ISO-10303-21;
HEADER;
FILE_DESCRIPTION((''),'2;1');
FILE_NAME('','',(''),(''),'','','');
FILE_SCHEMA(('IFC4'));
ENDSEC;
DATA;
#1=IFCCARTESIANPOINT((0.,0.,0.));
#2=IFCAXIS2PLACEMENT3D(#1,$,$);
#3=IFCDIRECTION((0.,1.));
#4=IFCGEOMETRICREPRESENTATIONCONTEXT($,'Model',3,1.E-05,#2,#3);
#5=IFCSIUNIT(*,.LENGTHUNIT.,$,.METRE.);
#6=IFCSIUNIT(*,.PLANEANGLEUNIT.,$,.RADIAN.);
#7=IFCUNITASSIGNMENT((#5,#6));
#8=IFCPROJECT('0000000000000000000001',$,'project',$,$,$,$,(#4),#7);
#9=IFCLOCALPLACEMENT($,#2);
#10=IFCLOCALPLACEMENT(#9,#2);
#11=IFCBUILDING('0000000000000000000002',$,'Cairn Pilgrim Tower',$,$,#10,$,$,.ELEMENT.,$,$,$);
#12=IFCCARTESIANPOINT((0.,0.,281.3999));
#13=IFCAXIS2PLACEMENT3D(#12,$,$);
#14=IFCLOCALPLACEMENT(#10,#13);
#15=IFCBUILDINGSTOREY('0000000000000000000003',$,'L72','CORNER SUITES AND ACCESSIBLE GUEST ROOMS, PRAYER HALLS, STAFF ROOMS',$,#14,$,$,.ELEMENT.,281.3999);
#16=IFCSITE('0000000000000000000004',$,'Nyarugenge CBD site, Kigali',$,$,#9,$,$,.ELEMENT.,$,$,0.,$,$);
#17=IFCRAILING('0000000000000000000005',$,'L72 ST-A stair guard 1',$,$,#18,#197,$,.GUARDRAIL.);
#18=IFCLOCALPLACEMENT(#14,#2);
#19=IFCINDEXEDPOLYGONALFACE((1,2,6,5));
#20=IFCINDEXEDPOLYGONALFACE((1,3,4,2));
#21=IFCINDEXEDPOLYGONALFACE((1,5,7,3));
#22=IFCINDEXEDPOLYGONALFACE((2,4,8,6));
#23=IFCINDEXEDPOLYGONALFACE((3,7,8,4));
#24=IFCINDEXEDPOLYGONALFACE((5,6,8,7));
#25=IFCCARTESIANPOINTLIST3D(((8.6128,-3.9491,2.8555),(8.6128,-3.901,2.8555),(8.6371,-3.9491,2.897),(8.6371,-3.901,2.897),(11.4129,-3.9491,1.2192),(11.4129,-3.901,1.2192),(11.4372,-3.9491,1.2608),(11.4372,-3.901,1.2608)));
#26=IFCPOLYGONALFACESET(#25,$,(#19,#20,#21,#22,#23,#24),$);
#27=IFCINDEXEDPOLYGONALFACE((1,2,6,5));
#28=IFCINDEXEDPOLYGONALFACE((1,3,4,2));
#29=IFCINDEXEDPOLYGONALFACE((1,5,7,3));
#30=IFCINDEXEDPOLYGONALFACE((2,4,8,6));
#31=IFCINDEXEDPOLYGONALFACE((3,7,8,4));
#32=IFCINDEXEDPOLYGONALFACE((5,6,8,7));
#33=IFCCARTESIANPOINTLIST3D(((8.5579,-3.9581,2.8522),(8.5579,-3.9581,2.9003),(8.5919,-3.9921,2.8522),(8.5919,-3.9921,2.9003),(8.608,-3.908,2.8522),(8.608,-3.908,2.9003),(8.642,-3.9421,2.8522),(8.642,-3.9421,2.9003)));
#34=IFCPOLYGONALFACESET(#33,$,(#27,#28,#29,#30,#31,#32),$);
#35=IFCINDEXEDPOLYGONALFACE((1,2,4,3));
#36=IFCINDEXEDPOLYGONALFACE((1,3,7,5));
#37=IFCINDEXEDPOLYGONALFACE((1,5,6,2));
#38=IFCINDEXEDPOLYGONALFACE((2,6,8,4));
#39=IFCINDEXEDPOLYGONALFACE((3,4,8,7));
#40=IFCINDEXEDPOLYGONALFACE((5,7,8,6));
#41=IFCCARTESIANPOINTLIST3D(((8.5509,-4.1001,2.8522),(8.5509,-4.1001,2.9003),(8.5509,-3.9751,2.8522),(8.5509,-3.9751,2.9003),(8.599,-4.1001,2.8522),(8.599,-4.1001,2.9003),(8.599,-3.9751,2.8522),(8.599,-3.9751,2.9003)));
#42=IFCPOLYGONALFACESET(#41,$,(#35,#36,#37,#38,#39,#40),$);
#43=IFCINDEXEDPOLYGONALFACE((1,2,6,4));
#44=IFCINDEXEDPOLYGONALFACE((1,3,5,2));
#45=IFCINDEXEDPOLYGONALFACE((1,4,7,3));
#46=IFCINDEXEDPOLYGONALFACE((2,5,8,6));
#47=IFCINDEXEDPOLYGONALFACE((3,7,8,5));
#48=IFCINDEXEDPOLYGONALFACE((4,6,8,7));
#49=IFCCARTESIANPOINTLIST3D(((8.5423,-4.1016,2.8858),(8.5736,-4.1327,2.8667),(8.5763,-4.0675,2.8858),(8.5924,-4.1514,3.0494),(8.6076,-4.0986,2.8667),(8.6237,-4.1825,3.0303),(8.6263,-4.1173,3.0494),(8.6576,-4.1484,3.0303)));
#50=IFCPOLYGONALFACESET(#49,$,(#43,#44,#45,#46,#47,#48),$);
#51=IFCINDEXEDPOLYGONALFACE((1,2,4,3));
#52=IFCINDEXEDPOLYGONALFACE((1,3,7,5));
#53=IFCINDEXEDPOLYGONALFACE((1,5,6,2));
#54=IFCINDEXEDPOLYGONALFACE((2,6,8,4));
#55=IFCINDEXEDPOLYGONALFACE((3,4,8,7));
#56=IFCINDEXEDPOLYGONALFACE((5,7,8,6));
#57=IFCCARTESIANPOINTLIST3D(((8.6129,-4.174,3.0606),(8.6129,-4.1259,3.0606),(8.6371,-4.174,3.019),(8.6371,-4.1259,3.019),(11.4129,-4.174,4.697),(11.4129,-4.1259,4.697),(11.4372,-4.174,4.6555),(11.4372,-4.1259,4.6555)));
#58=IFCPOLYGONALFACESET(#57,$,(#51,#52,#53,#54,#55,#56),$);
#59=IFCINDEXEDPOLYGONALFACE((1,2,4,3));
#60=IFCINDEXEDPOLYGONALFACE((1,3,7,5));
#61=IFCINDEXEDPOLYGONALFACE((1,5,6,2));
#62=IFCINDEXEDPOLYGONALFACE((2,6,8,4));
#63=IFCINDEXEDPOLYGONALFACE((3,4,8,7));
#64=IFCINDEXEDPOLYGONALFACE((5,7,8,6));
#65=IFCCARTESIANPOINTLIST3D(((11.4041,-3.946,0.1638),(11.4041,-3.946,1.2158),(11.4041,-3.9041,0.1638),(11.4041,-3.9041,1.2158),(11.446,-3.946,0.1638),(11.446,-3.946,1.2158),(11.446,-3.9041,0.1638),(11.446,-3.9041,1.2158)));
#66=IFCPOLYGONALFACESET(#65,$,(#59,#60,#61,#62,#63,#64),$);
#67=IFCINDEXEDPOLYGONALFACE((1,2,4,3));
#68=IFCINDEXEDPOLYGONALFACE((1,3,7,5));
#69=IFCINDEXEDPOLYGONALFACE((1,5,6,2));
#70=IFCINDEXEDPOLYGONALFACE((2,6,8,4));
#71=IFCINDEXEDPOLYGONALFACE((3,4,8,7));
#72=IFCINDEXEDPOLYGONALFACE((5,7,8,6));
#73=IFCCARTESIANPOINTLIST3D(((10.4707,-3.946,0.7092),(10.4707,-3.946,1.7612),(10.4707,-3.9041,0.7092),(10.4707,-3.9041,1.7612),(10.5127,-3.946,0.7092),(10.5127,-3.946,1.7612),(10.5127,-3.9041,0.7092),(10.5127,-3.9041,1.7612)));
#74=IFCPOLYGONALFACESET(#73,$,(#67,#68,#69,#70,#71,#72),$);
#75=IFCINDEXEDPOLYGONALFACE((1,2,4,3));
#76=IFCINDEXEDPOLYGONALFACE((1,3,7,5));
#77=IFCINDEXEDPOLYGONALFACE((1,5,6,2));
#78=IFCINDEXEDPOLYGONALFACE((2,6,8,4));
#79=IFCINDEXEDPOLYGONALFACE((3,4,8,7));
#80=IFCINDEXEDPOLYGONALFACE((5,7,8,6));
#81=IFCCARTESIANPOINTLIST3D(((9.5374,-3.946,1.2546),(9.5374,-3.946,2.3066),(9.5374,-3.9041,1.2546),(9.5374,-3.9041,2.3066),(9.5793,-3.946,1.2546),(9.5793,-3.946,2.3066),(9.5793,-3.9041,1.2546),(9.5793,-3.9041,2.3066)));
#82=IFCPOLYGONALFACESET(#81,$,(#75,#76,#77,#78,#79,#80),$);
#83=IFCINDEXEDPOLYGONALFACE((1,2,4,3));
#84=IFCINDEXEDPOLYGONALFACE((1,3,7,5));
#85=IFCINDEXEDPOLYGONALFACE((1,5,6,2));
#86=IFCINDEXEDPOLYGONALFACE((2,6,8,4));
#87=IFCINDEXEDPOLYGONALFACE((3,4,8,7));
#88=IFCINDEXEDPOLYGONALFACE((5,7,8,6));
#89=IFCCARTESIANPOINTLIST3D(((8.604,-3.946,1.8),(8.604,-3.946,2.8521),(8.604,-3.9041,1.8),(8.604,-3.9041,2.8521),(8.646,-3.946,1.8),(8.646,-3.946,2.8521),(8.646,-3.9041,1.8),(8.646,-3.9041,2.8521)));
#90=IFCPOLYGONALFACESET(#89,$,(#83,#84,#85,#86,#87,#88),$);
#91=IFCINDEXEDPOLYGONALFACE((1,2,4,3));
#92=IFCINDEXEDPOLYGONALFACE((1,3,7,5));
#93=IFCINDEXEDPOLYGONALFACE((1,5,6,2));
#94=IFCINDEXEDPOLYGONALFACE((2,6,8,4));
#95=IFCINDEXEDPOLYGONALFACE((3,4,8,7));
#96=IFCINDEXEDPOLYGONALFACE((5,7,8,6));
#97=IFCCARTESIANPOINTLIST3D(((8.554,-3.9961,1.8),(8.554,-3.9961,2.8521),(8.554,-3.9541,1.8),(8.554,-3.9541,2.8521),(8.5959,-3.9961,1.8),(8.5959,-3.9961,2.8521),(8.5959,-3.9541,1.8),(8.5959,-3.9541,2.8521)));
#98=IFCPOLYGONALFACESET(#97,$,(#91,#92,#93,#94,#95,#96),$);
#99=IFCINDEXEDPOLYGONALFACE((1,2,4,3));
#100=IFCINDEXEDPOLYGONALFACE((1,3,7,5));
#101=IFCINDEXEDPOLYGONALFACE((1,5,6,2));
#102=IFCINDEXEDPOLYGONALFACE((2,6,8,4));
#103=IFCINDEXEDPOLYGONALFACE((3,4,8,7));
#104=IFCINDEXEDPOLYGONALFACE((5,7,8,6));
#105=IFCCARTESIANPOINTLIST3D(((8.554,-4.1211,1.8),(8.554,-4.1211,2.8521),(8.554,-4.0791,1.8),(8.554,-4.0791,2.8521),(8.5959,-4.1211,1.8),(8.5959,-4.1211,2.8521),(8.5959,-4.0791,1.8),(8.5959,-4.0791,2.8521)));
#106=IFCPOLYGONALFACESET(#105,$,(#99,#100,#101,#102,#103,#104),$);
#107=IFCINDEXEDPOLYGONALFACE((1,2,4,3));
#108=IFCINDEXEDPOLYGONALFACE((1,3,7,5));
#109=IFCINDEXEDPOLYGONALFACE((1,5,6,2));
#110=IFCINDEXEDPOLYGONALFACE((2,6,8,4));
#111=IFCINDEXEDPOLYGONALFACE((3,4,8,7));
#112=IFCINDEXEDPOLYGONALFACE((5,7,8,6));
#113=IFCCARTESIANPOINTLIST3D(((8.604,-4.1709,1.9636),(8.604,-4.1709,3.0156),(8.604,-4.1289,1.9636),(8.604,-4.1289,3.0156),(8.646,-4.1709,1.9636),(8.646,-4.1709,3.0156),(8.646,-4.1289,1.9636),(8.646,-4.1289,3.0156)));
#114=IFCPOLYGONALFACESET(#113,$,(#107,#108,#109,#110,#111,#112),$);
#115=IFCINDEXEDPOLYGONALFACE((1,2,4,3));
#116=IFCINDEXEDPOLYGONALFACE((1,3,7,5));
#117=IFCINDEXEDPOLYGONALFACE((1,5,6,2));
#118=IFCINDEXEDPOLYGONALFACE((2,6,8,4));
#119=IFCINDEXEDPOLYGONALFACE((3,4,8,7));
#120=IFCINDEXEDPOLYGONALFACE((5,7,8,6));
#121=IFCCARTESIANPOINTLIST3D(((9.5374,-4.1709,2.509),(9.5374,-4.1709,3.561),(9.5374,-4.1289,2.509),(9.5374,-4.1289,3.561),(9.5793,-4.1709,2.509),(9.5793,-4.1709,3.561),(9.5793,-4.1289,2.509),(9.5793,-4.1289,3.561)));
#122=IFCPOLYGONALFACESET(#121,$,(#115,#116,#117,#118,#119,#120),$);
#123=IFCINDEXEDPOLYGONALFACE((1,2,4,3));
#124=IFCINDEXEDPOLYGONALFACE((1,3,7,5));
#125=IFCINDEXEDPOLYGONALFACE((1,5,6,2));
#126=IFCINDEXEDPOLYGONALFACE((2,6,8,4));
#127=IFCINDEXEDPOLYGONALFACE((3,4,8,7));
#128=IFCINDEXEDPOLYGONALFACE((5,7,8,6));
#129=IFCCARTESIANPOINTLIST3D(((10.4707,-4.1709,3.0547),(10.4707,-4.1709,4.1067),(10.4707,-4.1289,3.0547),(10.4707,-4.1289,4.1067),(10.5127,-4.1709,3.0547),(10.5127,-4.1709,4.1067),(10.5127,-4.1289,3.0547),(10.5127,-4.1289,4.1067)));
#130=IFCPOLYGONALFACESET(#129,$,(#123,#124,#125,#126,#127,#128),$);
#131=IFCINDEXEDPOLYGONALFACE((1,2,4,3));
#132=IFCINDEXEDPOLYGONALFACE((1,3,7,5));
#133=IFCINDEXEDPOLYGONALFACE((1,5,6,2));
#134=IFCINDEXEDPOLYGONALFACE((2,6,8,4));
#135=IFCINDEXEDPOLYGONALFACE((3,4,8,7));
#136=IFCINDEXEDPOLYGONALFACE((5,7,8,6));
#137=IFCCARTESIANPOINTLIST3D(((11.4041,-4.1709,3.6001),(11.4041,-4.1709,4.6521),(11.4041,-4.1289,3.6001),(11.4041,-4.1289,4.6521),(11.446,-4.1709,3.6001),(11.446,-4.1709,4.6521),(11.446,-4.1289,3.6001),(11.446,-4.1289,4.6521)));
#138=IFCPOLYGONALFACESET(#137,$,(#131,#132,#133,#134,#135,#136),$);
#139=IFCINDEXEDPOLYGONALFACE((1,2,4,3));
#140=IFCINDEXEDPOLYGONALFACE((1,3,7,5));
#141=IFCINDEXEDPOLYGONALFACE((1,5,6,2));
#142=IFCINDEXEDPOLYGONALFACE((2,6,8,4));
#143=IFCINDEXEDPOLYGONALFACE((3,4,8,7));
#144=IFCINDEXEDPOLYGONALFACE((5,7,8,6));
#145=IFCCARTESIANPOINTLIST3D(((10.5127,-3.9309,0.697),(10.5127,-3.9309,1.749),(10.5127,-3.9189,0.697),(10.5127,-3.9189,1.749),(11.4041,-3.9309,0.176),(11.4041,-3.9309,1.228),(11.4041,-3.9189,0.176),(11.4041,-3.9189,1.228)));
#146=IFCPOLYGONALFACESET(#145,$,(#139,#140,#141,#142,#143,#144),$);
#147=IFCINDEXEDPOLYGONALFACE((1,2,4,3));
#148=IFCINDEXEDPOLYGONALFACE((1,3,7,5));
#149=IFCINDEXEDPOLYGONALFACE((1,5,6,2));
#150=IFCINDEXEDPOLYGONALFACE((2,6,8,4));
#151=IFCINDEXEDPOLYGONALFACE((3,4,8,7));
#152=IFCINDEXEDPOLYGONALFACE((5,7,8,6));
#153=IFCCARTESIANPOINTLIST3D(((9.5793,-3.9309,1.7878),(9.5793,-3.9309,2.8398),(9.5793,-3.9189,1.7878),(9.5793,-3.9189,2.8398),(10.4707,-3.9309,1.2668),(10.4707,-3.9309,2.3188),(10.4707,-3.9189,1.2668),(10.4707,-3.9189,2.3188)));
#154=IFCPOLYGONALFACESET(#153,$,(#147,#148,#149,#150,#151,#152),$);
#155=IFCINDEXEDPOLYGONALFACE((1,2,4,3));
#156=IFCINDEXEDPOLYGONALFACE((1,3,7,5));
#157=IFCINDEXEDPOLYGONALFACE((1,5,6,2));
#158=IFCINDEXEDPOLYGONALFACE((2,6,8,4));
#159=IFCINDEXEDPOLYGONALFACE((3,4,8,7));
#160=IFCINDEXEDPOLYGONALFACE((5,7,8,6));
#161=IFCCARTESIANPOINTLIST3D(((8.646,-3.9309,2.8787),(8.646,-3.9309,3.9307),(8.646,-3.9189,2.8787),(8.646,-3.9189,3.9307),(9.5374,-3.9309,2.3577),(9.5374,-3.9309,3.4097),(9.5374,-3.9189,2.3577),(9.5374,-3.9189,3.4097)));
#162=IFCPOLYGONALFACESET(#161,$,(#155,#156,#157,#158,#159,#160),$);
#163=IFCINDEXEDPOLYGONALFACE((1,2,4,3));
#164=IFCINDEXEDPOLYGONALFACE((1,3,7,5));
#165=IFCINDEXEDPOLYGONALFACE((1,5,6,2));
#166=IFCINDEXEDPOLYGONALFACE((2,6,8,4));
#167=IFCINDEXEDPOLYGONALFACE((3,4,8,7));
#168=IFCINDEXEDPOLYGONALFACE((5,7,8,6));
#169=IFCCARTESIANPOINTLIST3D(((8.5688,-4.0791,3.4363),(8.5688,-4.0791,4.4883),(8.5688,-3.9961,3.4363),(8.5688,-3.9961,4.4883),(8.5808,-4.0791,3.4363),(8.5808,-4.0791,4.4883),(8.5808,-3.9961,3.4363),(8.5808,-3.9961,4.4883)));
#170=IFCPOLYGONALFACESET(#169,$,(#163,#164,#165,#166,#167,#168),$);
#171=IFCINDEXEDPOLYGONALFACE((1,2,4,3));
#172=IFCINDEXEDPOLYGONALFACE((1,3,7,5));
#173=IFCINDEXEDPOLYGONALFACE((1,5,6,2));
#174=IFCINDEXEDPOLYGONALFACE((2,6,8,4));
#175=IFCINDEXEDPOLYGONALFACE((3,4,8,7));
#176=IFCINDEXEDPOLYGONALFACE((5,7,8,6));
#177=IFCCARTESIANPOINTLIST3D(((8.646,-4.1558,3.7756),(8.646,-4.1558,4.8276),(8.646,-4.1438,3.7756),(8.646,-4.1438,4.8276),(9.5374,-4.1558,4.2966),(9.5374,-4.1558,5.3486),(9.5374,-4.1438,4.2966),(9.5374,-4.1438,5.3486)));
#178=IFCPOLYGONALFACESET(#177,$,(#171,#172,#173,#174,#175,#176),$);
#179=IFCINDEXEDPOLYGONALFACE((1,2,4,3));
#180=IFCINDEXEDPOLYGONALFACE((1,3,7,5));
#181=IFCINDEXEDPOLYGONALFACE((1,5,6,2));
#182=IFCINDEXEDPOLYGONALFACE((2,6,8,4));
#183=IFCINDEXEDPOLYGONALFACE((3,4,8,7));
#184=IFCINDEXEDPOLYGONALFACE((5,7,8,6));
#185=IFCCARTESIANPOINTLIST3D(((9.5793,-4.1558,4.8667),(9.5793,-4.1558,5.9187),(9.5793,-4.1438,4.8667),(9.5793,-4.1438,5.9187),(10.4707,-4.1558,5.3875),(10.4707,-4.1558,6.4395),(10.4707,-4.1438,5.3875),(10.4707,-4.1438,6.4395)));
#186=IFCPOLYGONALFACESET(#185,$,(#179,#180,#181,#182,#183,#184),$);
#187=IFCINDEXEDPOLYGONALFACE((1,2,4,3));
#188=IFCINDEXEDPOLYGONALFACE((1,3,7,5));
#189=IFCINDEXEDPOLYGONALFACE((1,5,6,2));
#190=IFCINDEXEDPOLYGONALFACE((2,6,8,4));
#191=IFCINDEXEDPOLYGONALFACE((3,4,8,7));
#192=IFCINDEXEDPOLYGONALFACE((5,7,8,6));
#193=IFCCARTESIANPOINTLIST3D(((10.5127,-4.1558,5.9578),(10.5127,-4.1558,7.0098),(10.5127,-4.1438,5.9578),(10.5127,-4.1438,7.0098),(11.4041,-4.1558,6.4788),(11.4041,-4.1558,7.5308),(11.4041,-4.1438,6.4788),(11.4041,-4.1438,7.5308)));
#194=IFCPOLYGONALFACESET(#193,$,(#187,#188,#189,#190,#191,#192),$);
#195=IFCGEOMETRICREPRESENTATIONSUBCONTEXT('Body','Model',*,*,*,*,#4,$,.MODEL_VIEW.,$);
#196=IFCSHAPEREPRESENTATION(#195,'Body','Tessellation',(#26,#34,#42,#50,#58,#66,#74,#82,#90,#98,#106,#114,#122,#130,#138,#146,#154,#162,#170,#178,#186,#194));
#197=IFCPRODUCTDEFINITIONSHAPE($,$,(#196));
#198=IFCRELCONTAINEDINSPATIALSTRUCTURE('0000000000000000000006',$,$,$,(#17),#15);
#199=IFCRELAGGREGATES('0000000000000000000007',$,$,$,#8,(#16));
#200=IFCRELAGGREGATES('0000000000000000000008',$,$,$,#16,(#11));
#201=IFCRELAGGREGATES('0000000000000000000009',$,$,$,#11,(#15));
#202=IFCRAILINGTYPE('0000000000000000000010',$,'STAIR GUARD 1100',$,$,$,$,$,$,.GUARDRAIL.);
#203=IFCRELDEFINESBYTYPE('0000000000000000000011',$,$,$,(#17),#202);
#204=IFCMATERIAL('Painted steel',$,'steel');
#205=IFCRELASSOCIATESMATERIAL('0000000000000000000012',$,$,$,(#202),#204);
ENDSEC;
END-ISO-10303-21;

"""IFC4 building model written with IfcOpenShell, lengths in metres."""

from ifc_helpers import new_model, si_unit, direction, frame, origin, origin_2d, place, context, subcontext, project, spatial, polyline, rectangle, outline, extrude, material, type_object, element, save


model = new_model("IFC4")

# Units and contexts
model_context = context("Model", 3, precision=1e-05, world=origin(), true_north=direction((0.0, 1.0)))
body_context = subcontext(model_context, "Body", "Model", "MODEL_VIEW")
ifc_project = project(units=[si_unit("LENGTHUNIT", "METRE"), si_unit("PLANEANGLEUNIT", "RADIAN")], contexts=[model_context])

# Site, building, storey
site_placement = place(None, origin())
site = spatial("IfcSite", under=ifc_project, at=site_placement, Name="Nyarugenge CBD site, Kigali", CompositionType="ELEMENT", RefElevation=0.0)
building_placement = place(site_placement, origin())
building = spatial("IfcBuilding", under=site, at=building_placement, Name="Cairn Pilgrim Tower", CompositionType="ELEMENT")
storey_placement = place(building_placement, frame((0.0, 0.0, 281.3999)))
storey = spatial("IfcBuildingStorey", under=building, at=storey_placement, Name="L72", Description="CORNER SUITES AND ACCESSIBLE GUEST ROOMS, PRAYER HALLS, STAFF ROOMS", CompositionType="ELEMENT", Elevation=281.3999)

# Shared definitions
ifc_material_1 = material(Name="Painted steel", Category="steel")

# Railing
railing_type_1 = type_object("IfcRailingType", Name="STAIR GUARD 1100", PredefinedType="GUARDRAIL", material=ifc_material_1)
railing_1_placement = place(storey_placement, frame((11.425, -3.925, 0.1638)))
element("IfcRailing", 1, at=railing_1_placement, inside=storey, type_object=railing_type_1, Name="L72 ST-A stair guard 1", PredefinedType="GUARDRAIL", context=body_context, shape_type="SweptSolid", body=[
    extrude(rectangle(XDim=0.0481, YDim=0.0481, at=origin_2d()), frame((0.0, 0.0, 1.0762), z_axis=(-0.863394, 0.0, 0.504531), x_axis=(0.0, -1.0, 0.0)), (0.0, 0.0, 1.0), 3.2432),
    extrude(rectangle(XDim=0.0481, YDim=0.0481, at=origin_2d()), frame((-2.8, 0.0, 2.7124), z_axis=(-0.707107, -0.707107, 0.0), x_axis=(0.707107, -0.707107, 0.0)), (0.0, 0.0, 1.0), 0.0708),
    extrude(rectangle(XDim=0.0481, YDim=0.0481, at=origin_2d()), frame((-2.8501, -0.05, 2.7124), z_axis=(0.0, -1.0, 0.0), x_axis=(1.0, 0.0, 0.0)), (0.0, 0.0, 1.0), 0.125),
    extrude(rectangle(XDim=0.0481, YDim=0.0481, at=origin_2d()), frame((-2.8501, -0.175, 2.7124), z_axis=(0.280917, -0.279546, 0.918118), x_axis=(0.705376, 0.708834, 0.0)), (0.0, 0.0, 1.0), 0.1782),
    extrude(rectangle(XDim=0.0481, YDim=0.0481, at=origin_2d()), frame((-2.8, -0.2249, 2.876), z_axis=(0.863361, 0.0, 0.504587), x_axis=(0.0, 1.0, 0.0)), (0.0, 0.0, 1.0), 3.2432),
    extrude(rectangle(XDim=0.042, YDim=0.042, at=origin_2d()), origin(), (0.0, 0.0, 1.0), 1.052),
    extrude(rectangle(XDim=0.042, YDim=0.042, at=origin_2d()), frame((-0.9333, 0.0, 0.5454)), (0.0, 0.0, 1.0), 1.052),
    extrude(rectangle(XDim=0.042, YDim=0.042, at=origin_2d()), frame((-1.8667, 0.0, 1.0908)), (0.0, 0.0, 1.0), 1.052),
    extrude(rectangle(XDim=0.042, YDim=0.042, at=origin_2d()), frame((-2.8, 0.0, 1.6362)), (0.0, 0.0, 1.0), 1.052),
    extrude(rectangle(XDim=0.042, YDim=0.042, at=origin_2d()), frame((-2.8501, -0.05, 1.6362)), (0.0, 0.0, 1.0), 1.052),
    extrude(rectangle(XDim=0.042, YDim=0.042, at=origin_2d()), frame((-2.8501, -0.175, 1.6362)), (0.0, 0.0, 1.0), 1.052),
    extrude(rectangle(XDim=0.042, YDim=0.042, at=origin_2d()), frame((-2.8, -0.2249, 1.7998)), (0.0, 0.0, 1.0), 1.052),
    extrude(rectangle(XDim=0.042, YDim=0.042, at=origin_2d()), frame((-1.8667, -0.2249, 2.3452)), (0.0, 0.0, 1.0), 1.052),
    extrude(rectangle(XDim=0.042, YDim=0.042, at=origin_2d()), frame((-0.9333, -0.2249, 2.8909)), (0.0, 0.0, 1.0), 1.052),
    extrude(rectangle(XDim=0.042, YDim=0.042, at=origin_2d()), frame((0.0, -0.2249, 3.4363)), (0.0, 0.0, 1.0), 1.052),
    extrude(outline(polyline([(0.021, 0.0122), (0.9124, 0.5332), (0.9124, 1.5852), (0.021, 1.0642), (0.021, 0.0122)])), frame((0.0, -0.0059, 0.0), z_axis=(0.0, 1.0, 0.0), x_axis=(-1.0, 0.0, 0.0)), (0.0, 0.0, 1.0), 0.012),
    extrude(outline(polyline([(0.021, 0.5576), (0.9124, 1.0786), (0.9124, 2.1306), (0.021, 1.6096), (0.021, 0.5576)])), frame((-0.9333, -0.0059, 0.5454), z_axis=(0.0, 1.0, 0.0), x_axis=(-1.0, 0.0, 0.0)), (0.0, 0.0, 1.0), 0.012),
    extrude(outline(polyline([(0.021, 1.103), (0.9124, 1.624), (0.9124, 2.676), (0.021, 2.155), (0.021, 1.103)])), frame((-1.8667, -0.0059, 1.0908), z_axis=(0.0, 1.0, 0.0), x_axis=(-1.0, 0.0, 0.0)), (0.0, 0.0, 1.0), 0.012),
    extrude(outline(polyline([(0.021, 1.6362), (0.104, 1.6362), (0.104, 2.6882), (0.021, 2.6882), (0.021, 1.6362)])), frame((-2.8442, -0.05, 1.6362), z_axis=(-1.0, 0.0, 0.0), x_axis=(0.0, -1.0, 0.0)), (0.0, 0.0, 1.0), 0.012),
    extrude(outline(polyline([(0.021, 1.812), (0.9124, 2.333), (0.9124, 3.385), (0.021, 2.864), (0.021, 1.812)])), frame((-2.8, -0.2188, 1.7998), z_axis=(0.0, -1.0, 0.0), x_axis=(1.0, 0.0, 0.0)), (0.0, 0.0, 1.0), 0.012),
    extrude(outline(polyline([(0.021, 2.3577), (0.9124, 2.8784), (0.9124, 3.9304), (0.021, 3.4097), (0.021, 2.3577)])), frame((-1.8667, -0.2188, 2.3452), z_axis=(0.0, -1.0, 0.0), x_axis=(1.0, 0.0, 0.0)), (0.0, 0.0, 1.0), 0.012),
    extrude(outline(polyline([(0.021, 2.9031), (0.9124, 3.4241), (0.9124, 4.4761), (0.021, 3.9551), (0.021, 2.9031)])), frame((-0.9333, -0.2188, 2.8909), z_axis=(0.0, -1.0, 0.0), x_axis=(1.0, 0.0, 0.0)), (0.0, 0.0, 1.0), 0.012),
])

save(model, "model.ifc")
